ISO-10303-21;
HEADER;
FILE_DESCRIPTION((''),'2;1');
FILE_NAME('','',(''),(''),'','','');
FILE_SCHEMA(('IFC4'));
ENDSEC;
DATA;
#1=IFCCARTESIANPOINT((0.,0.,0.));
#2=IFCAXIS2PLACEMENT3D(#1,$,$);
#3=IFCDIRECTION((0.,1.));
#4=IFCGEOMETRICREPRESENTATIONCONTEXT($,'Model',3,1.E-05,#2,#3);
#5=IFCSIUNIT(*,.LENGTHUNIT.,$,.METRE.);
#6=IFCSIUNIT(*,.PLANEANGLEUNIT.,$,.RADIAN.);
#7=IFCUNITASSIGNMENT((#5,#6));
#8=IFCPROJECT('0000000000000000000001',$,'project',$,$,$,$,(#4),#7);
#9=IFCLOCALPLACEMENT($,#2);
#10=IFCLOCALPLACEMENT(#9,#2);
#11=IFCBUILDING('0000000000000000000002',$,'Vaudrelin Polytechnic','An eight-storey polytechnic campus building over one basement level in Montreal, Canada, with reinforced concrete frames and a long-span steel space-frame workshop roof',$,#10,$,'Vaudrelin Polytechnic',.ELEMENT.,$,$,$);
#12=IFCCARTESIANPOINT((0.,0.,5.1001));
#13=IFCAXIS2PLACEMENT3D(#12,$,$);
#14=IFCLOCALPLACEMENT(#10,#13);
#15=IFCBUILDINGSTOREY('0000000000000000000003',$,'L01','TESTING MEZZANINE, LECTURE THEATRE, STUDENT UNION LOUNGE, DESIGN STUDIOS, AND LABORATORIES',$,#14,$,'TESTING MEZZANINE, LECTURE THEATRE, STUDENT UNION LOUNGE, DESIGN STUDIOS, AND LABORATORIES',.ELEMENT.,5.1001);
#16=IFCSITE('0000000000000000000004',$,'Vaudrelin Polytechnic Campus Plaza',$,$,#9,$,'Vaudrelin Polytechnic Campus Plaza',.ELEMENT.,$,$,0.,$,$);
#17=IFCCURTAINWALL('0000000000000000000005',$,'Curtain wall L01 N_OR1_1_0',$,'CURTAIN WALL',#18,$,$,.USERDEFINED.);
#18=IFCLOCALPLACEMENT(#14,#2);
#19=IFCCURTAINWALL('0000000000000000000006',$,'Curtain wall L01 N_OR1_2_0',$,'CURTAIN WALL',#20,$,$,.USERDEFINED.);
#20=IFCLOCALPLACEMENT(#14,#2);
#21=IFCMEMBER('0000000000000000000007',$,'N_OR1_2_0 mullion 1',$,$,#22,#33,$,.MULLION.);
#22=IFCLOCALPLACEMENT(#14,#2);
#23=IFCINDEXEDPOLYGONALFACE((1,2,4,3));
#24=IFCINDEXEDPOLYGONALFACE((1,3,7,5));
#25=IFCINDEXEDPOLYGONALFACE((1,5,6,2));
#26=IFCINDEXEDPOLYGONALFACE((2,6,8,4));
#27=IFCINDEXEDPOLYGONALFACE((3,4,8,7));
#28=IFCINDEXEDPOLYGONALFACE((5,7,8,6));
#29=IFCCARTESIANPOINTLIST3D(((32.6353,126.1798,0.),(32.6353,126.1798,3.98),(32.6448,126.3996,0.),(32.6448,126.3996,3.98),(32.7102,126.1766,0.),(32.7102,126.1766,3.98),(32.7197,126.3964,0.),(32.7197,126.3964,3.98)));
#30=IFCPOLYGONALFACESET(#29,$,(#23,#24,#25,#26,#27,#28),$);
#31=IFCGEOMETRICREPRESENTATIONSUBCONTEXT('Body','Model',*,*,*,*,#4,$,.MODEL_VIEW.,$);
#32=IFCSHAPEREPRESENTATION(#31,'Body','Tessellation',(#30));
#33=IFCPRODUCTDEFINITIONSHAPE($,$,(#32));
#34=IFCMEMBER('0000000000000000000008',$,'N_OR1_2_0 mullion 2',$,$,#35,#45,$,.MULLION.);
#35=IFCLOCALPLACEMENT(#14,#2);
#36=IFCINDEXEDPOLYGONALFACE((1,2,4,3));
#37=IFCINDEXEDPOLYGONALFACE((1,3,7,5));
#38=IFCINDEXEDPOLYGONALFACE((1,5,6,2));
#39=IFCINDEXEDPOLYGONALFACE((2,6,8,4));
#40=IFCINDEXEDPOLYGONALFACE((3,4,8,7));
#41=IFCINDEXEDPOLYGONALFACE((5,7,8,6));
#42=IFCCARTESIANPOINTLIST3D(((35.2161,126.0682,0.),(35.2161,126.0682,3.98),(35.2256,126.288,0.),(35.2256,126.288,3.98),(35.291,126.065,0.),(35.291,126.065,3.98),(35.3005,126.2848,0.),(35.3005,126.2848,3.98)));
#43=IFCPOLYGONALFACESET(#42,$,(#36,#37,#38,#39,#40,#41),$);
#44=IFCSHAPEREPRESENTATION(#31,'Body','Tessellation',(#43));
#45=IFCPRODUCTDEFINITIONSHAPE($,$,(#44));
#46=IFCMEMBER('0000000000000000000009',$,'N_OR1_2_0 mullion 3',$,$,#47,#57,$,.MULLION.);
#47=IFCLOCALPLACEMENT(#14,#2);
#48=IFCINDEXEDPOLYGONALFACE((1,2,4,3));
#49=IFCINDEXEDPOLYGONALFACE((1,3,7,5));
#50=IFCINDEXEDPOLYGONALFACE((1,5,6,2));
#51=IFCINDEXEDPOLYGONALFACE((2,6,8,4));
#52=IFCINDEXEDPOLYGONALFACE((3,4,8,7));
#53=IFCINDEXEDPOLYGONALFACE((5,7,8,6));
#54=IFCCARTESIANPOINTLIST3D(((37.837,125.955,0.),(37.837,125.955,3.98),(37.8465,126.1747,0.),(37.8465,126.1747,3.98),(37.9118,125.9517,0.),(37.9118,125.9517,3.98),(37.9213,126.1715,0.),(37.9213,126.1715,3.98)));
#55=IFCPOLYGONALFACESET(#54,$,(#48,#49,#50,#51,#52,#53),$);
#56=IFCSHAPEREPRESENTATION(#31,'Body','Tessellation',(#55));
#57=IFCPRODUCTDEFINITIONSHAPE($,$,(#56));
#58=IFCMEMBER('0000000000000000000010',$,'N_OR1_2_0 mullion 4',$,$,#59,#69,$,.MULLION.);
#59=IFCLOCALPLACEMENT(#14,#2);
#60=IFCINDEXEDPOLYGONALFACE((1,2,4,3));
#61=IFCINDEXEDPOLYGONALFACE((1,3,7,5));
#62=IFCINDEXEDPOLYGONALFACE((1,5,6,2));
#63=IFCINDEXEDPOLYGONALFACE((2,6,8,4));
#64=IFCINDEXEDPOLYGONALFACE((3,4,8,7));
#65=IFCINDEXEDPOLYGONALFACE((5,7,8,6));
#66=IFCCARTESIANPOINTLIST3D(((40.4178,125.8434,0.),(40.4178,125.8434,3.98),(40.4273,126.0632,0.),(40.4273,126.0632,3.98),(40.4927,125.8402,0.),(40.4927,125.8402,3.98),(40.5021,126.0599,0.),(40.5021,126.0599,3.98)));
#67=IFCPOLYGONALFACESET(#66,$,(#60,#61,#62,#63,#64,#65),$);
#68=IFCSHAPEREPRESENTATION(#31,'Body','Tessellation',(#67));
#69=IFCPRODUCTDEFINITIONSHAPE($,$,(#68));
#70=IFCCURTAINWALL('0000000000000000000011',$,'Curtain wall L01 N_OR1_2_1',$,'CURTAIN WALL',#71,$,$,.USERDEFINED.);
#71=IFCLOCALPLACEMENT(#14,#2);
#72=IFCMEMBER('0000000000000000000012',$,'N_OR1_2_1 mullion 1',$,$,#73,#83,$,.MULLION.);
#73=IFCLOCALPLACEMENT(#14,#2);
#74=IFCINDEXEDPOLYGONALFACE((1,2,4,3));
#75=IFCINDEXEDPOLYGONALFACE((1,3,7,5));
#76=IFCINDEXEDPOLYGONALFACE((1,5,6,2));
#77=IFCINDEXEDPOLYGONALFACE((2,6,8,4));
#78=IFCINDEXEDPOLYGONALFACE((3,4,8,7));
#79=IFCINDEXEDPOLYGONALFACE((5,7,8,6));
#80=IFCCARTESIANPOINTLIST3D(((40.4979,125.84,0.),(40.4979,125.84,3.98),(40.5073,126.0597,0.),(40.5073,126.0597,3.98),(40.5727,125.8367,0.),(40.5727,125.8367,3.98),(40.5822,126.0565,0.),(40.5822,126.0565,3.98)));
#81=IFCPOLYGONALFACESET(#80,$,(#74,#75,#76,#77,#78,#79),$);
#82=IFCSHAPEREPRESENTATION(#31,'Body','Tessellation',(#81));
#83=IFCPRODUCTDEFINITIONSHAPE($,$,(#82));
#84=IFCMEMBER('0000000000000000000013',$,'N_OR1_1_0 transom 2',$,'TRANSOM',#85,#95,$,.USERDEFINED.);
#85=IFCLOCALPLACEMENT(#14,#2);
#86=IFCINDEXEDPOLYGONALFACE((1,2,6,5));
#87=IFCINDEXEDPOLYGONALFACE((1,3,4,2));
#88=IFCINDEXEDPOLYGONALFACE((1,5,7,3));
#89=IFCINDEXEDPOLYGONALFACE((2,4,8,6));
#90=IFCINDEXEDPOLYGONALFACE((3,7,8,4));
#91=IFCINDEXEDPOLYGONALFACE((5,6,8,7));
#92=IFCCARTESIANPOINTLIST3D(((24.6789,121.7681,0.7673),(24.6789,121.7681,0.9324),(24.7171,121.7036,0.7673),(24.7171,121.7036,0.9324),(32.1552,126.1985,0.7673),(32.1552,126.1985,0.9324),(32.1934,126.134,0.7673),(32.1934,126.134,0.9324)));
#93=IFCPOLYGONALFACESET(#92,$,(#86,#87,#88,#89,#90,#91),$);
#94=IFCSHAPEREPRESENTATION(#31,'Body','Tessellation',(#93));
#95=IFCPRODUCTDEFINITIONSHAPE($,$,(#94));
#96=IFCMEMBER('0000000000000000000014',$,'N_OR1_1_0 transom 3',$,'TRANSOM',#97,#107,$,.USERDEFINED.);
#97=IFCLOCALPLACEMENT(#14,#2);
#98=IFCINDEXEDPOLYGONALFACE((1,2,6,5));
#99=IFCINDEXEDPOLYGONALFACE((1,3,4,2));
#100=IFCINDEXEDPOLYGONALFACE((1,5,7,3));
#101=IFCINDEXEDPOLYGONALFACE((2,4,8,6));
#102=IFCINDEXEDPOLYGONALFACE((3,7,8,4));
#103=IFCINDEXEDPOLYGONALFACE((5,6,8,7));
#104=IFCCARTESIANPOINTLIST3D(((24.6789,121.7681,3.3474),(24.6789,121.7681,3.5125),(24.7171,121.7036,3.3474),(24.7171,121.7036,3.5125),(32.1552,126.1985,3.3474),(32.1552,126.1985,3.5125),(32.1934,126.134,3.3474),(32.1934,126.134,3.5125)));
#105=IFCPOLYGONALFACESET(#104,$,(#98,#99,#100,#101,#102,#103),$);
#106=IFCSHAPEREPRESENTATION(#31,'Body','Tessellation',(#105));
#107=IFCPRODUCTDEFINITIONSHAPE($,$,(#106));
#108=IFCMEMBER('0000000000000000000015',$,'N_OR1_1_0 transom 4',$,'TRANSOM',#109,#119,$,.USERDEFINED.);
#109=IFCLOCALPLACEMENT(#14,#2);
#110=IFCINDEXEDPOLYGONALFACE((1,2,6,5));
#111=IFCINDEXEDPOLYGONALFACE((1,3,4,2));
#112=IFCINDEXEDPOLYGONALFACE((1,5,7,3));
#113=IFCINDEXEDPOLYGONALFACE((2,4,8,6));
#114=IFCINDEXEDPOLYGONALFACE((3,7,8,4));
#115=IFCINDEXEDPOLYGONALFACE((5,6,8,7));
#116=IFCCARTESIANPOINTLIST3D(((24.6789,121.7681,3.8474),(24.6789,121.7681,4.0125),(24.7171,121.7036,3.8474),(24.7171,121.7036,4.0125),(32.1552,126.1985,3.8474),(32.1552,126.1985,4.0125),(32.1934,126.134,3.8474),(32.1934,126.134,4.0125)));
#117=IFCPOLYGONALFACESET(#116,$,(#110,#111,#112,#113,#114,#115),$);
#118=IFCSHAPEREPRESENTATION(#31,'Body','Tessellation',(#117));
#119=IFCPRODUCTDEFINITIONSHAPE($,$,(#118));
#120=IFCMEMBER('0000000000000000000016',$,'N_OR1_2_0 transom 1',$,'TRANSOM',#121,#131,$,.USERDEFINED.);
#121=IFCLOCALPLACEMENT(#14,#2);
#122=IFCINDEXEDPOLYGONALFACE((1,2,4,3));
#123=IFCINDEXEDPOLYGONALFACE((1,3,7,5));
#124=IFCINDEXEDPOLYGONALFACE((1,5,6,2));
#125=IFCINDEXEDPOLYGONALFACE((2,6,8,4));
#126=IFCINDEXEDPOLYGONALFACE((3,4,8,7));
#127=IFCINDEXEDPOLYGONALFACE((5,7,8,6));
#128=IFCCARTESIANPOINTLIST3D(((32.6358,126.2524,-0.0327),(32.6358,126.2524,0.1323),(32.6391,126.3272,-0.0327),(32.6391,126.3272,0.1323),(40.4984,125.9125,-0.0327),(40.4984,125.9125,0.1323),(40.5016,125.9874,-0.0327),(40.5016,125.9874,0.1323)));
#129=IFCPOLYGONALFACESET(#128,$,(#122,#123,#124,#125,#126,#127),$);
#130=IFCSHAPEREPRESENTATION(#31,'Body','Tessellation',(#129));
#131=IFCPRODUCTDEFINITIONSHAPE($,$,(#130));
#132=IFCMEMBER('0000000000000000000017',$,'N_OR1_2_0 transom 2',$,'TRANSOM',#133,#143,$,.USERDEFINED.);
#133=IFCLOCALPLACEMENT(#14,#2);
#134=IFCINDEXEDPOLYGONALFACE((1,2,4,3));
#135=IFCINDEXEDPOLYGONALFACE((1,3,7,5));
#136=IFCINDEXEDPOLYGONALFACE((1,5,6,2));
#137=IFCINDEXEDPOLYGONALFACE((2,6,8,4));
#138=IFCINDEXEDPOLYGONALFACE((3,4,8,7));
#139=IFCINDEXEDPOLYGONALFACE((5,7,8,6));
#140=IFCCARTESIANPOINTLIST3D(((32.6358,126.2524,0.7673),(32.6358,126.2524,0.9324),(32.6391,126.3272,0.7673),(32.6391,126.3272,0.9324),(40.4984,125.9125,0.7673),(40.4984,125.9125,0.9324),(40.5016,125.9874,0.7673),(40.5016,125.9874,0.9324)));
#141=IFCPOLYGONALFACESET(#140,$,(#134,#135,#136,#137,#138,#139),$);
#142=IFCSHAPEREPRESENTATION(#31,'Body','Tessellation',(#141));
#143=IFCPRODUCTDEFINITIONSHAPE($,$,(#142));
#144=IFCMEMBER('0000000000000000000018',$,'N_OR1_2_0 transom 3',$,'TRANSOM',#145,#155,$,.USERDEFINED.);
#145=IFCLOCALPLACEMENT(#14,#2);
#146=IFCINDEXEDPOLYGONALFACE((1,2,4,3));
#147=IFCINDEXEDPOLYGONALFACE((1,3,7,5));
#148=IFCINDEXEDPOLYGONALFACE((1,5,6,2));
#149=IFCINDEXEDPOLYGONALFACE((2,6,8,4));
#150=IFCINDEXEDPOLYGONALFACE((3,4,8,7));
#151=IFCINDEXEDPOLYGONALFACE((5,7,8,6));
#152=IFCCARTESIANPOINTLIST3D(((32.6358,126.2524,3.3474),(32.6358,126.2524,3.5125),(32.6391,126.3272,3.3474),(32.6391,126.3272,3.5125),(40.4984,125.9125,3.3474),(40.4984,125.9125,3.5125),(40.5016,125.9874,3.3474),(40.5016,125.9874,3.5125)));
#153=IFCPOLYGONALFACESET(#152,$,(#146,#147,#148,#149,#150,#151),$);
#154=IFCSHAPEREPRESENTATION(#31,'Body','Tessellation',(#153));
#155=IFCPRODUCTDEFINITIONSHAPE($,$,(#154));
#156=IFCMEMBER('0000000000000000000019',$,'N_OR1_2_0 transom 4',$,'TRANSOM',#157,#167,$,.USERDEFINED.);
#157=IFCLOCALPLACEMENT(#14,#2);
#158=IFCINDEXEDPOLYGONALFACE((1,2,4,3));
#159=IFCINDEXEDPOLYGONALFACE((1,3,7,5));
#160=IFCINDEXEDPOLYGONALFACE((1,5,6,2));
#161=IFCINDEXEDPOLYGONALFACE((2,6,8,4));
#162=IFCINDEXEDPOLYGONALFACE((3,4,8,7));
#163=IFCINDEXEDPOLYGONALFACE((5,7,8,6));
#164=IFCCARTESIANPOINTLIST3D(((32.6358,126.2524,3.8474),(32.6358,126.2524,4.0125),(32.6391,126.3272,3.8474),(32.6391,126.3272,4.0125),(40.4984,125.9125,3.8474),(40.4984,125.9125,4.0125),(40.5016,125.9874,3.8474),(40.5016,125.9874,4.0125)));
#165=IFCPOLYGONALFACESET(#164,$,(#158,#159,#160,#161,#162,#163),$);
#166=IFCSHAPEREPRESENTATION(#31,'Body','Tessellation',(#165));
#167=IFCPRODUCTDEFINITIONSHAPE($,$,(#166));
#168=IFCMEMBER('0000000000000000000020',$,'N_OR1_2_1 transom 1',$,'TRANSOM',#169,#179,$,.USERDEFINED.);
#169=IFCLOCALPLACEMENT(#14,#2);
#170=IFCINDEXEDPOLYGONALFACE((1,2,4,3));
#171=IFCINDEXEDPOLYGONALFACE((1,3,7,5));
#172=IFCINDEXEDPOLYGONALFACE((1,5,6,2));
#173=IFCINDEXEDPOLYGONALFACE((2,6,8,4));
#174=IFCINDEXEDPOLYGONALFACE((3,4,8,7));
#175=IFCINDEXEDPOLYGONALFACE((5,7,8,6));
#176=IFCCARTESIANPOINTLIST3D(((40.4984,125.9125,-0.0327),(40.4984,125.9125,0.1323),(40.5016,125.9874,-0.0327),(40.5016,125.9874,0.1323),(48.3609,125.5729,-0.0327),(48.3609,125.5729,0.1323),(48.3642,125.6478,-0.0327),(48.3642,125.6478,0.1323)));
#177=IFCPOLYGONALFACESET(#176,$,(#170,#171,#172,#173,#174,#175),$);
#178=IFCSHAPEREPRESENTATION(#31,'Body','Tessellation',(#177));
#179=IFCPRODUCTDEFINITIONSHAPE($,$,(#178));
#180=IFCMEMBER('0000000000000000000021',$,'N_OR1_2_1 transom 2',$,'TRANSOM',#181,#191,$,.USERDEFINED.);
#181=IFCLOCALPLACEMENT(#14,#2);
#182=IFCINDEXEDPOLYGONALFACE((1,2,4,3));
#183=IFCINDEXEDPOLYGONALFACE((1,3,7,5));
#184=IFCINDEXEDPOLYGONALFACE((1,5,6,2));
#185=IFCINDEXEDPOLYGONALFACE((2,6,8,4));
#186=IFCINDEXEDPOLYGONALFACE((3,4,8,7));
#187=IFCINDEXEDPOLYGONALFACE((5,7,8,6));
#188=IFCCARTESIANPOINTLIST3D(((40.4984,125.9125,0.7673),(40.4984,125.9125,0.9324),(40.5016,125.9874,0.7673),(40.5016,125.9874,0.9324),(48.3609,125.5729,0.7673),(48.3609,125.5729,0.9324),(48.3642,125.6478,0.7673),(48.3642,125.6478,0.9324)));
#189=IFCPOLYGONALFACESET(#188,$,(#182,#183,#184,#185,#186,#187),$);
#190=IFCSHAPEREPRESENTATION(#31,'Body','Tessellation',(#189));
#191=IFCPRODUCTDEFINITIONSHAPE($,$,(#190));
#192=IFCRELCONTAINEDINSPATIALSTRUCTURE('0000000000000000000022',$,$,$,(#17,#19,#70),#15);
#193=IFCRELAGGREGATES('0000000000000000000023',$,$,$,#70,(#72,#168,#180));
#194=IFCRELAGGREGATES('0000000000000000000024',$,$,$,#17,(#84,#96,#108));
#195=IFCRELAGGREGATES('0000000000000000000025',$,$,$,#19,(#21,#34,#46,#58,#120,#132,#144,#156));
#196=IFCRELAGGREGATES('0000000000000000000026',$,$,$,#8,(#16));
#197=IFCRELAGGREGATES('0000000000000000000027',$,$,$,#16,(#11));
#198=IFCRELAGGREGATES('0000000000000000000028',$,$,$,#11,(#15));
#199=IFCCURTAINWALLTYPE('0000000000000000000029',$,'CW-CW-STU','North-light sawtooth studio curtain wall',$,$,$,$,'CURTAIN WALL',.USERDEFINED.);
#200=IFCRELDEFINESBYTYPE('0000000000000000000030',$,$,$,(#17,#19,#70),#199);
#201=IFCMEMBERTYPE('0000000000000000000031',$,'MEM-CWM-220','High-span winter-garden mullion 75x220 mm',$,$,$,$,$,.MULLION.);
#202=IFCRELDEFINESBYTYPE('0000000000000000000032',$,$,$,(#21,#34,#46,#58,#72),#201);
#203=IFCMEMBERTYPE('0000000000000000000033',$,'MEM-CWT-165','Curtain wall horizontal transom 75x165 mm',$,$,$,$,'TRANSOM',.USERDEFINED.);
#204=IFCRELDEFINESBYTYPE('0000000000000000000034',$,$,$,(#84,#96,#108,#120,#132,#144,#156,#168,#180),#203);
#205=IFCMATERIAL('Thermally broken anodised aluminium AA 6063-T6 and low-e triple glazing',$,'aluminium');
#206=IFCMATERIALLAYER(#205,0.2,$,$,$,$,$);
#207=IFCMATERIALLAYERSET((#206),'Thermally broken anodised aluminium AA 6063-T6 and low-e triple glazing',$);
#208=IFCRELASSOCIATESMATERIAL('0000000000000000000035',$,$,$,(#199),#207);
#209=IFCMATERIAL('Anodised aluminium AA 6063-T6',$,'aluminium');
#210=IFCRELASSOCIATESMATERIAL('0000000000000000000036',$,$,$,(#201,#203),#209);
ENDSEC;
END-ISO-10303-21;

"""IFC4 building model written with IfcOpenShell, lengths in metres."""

from ifc_helpers import new_model, si_unit, direction, frame, origin, origin_2d, place, context, subcontext, project, spatial, rectangle, extrude, material, layer, layer_set, material_profile, profile_set, type_object, element, aggregate, save


model = new_model("IFC4")

# Units and contexts
model_context = context("Model", 3, precision=1e-05, world=origin(), true_north=direction((0.0, 1.0)))
body_context = subcontext(model_context, "Body", "Model", "MODEL_VIEW")
ifc_project = project(units=[si_unit("LENGTHUNIT", "METRE"), si_unit("PLANEANGLEUNIT", "RADIAN")], contexts=[model_context])

# Site, building, storey
site_placement = place(None, origin())
site = spatial("IfcSite", under=ifc_project, at=site_placement, Name="Vaudrelin Polytechnic Campus Plaza", LongName="Vaudrelin Polytechnic Campus Plaza", CompositionType="ELEMENT", RefElevation=0.0)
building_placement = place(site_placement, origin())
building = spatial("IfcBuilding", under=site, at=building_placement, Name="Vaudrelin Polytechnic", Description="An eight-storey polytechnic campus building over one basement level in Montreal, Canada, with reinforced concrete frames and a long-span steel space-frame workshop roof", LongName="Vaudrelin Polytechnic", CompositionType="ELEMENT")
storey_placement = place(building_placement, frame((0.0, 0.0, 5.1001)))
storey = spatial("IfcBuildingStorey", under=building, at=storey_placement, Name="L01", Description="TESTING MEZZANINE, LECTURE THEATRE, STUDENT UNION LOUNGE, DESIGN STUDIOS, AND LABORATORIES", LongName="TESTING MEZZANINE, LECTURE THEATRE, STUDENT UNION LOUNGE, DESIGN STUDIOS, AND LABORATORIES", CompositionType="ELEMENT", Elevation=5.1001)

# Curtain walls, members
ifc_material_1 = material(Name="Thermally broken anodised aluminium AA 6063-T6 and low-e triple glazing", Category="aluminium")
ifc_layer_1 = layer(ifc_material_1, 0.2)
ifc_layer_set_1 = layer_set([ifc_layer_1], Name="Thermally broken anodised aluminium AA 6063-T6 and low-e triple glazing")
curtain_wall_type = type_object("IfcCurtainWallType", Name="CW-CW-STU", Description="North-light sawtooth studio curtain wall", ElementType="CURTAIN WALL", PredefinedType="USERDEFINED", material=ifc_layer_set_1)
curtain_wall_1_placement = place(storey_placement, origin())
curtain_wall_1 = element("IfcCurtainWall", 1, at=curtain_wall_1_placement, inside=storey, type_object=curtain_wall_type, Name="Curtain wall L01 N_OR1_1_0", ObjectType="CURTAIN WALL", PredefinedType="USERDEFINED")
ifc_material_2 = material(Name="Anodised aluminium AA 6063-T6", Category="aluminium")
ifc_material_profile_1 = material_profile(ifc_material_2, rectangle(XDim=0.075, YDim=0.22, at=origin_2d()), Name="CWM-75x220")
ifc_profile_set_1 = profile_set([ifc_material_profile_1], Name="Anodised aluminium AA 6063-T6")
member_type_1 = type_object("IfcMemberType", Name="MEM-CWM-220", Description="High-span winter-garden mullion 75x220 mm", PredefinedType="MULLION", material=ifc_profile_set_1)
curtain_wall_2_placement = place(storey_placement, origin())
curtain_wall_2 = element("IfcCurtainWall", 2, at=curtain_wall_2_placement, inside=storey, type_object=curtain_wall_type, Name="Curtain wall L01 N_OR1_2_0", ObjectType="CURTAIN WALL", PredefinedType="USERDEFINED")
member_1_placement = place(storey_placement, frame((32.6775, 126.2881, 0.0), z_axis=(0.0, 0.0, 1.0), x_axis=(0.999068, -0.043164, 0.0)))
member_1 = element("IfcMember", 3, at=member_1_placement, type_object=member_type_1, Name="N_OR1_2_0 mullion 1", PredefinedType="MULLION", context=body_context, shape_type="SweptSolid", body=[
    extrude(rectangle(XDim=0.075, YDim=0.22, at=origin_2d()), origin(), (0.0, 0.0, 1.0), 3.98),
])
member_2_placement = place(storey_placement, frame((35.2583, 126.1765, 0.0), z_axis=(0.0, 0.0, 1.0), x_axis=(0.999068, -0.043164, 0.0)))
member_2 = element("IfcMember", 4, at=member_2_placement, type_object=member_type_1, Name="N_OR1_2_0 mullion 2", PredefinedType="MULLION", context=body_context, shape_type="SweptSolid", body=[
    extrude(rectangle(XDim=0.075, YDim=0.22, at=origin_2d()), origin(), (0.0, 0.0, 1.0), 3.98),
])
member_3_placement = place(storey_placement, frame((37.8792, 126.0632, 0.0), z_axis=(0.0, 0.0, 1.0), x_axis=(0.999068, -0.043164, 0.0)))
member_3 = element("IfcMember", 5, at=member_3_placement, type_object=member_type_1, Name="N_OR1_2_0 mullion 3", PredefinedType="MULLION", context=body_context, shape_type="SweptSolid", body=[
    extrude(rectangle(XDim=0.075, YDim=0.22, at=origin_2d()), origin(), (0.0, 0.0, 1.0), 3.98),
])
member_4_placement = place(storey_placement, frame((40.46, 125.9517, 0.0), z_axis=(0.0, 0.0, 1.0), x_axis=(0.999068, -0.043164, 0.0)))
member_4 = element("IfcMember", 6, at=member_4_placement, type_object=member_type_1, Name="N_OR1_2_0 mullion 4", PredefinedType="MULLION", context=body_context, shape_type="SweptSolid", body=[
    extrude(rectangle(XDim=0.075, YDim=0.22, at=origin_2d()), origin(), (0.0, 0.0, 1.0), 3.98),
])

# Curtain wall, member
curtain_wall_3_placement = place(storey_placement, origin())
curtain_wall_3 = element("IfcCurtainWall", 7, at=curtain_wall_3_placement, inside=storey, type_object=curtain_wall_type, Name="Curtain wall L01 N_OR1_2_1", ObjectType="CURTAIN WALL", PredefinedType="USERDEFINED")
member_5_placement = place(storey_placement, frame((40.54, 125.9482, 0.0), z_axis=(0.0, 0.0, 1.0), x_axis=(0.999068, -0.043164, 0.0)))
member_5 = element("IfcMember", 8, at=member_5_placement, type_object=member_type_1, Name="N_OR1_2_1 mullion 1", PredefinedType="MULLION", context=body_context, shape_type="SweptSolid", body=[
    extrude(rectangle(XDim=0.075, YDim=0.22, at=origin_2d()), origin(), (0.0, 0.0, 1.0), 3.98),
])

# Members
ifc_material_profile_2 = material_profile(ifc_material_2, rectangle(XDim=0.075, YDim=0.165, at=origin_2d()), Name="CWT-75x165")
ifc_profile_set_2 = profile_set([ifc_material_profile_2], Name="Anodised aluminium AA 6063-T6")
member_type_2 = type_object("IfcMemberType", Name="MEM-CWT-165", Description="Curtain wall horizontal transom 75x165 mm", ElementType="TRANSOM", PredefinedType="USERDEFINED", material=ifc_profile_set_2)
member_6_placement = place(storey_placement, frame((24.698, 121.7358, 0.8499), z_axis=(0.860291, 0.509803, 0.0), x_axis=(-0.509803, 0.860291, 0.0)))
member_6 = element("IfcMember", 9, at=member_6_placement, type_object=member_type_2, Name="N_OR1_1_0 transom 2", ObjectType="TRANSOM", PredefinedType="USERDEFINED", context=body_context, shape_type="SweptSolid", body=[
    extrude(rectangle(XDim=0.075, YDim=0.165, at=origin_2d()), origin(), (0.0, 0.0, 1.0), 8.6904),
])
member_7_placement = place(storey_placement, frame((24.698, 121.7358, 3.4299), z_axis=(0.860291, 0.509803, 0.0), x_axis=(-0.509803, 0.860291, 0.0)))
member_7 = element("IfcMember", 10, at=member_7_placement, type_object=member_type_2, Name="N_OR1_1_0 transom 3", ObjectType="TRANSOM", PredefinedType="USERDEFINED", context=body_context, shape_type="SweptSolid", body=[
    extrude(rectangle(XDim=0.075, YDim=0.165, at=origin_2d()), origin(), (0.0, 0.0, 1.0), 8.6904),
])
member_8_placement = place(storey_placement, frame((24.698, 121.7358, 3.9299), z_axis=(0.860291, 0.509803, 0.0), x_axis=(-0.509803, 0.860291, 0.0)))
member_8 = element("IfcMember", 11, at=member_8_placement, type_object=member_type_2, Name="N_OR1_1_0 transom 4", ObjectType="TRANSOM", PredefinedType="USERDEFINED", context=body_context, shape_type="SweptSolid", body=[
    extrude(rectangle(XDim=0.075, YDim=0.165, at=origin_2d()), origin(), (0.0, 0.0, 1.0), 8.6904),
])
member_9_placement = place(storey_placement, frame((32.6375, 126.2898, 0.0498), z_axis=(0.999067, -0.043183, 0.0), x_axis=(0.043183, 0.999067, 0.0)))
member_9 = element("IfcMember", 12, at=member_9_placement, type_object=member_type_2, Name="N_OR1_2_0 transom 1", ObjectType="TRANSOM", PredefinedType="USERDEFINED", context=body_context, shape_type="SweptSolid", body=[
    extrude(rectangle(XDim=0.075, YDim=0.165, at=origin_2d()), origin(), (0.0, 0.0, 1.0), 7.8699),
])
member_10_placement = place(storey_placement, frame((32.6375, 126.2898, 0.8499), z_axis=(0.999067, -0.043183, 0.0), x_axis=(0.043183, 0.999067, 0.0)))
member_10 = element("IfcMember", 13, at=member_10_placement, type_object=member_type_2, Name="N_OR1_2_0 transom 2", ObjectType="TRANSOM", PredefinedType="USERDEFINED", context=body_context, shape_type="SweptSolid", body=[
    extrude(rectangle(XDim=0.075, YDim=0.165, at=origin_2d()), origin(), (0.0, 0.0, 1.0), 7.8699),
])
member_11_placement = place(storey_placement, frame((32.6375, 126.2898, 3.4299), z_axis=(0.999067, -0.043183, 0.0), x_axis=(0.043183, 0.999067, 0.0)))
member_11 = element("IfcMember", 14, at=member_11_placement, type_object=member_type_2, Name="N_OR1_2_0 transom 3", ObjectType="TRANSOM", PredefinedType="USERDEFINED", context=body_context, shape_type="SweptSolid", body=[
    extrude(rectangle(XDim=0.075, YDim=0.165, at=origin_2d()), origin(), (0.0, 0.0, 1.0), 7.8699),
])
member_12_placement = place(storey_placement, frame((32.6375, 126.2898, 3.9299), z_axis=(0.999067, -0.043183, 0.0), x_axis=(0.043183, 0.999067, 0.0)))
member_12 = element("IfcMember", 15, at=member_12_placement, type_object=member_type_2, Name="N_OR1_2_0 transom 4", ObjectType="TRANSOM", PredefinedType="USERDEFINED", context=body_context, shape_type="SweptSolid", body=[
    extrude(rectangle(XDim=0.075, YDim=0.165, at=origin_2d()), origin(), (0.0, 0.0, 1.0), 7.8699),
])
member_13_placement = place(storey_placement, frame((40.5, 125.95, 0.0498), z_axis=(0.999069, -0.043152, 0.0), x_axis=(0.043152, 0.999069, 0.0)))
member_13 = element("IfcMember", 16, at=member_13_placement, type_object=member_type_2, Name="N_OR1_2_1 transom 1", ObjectType="TRANSOM", PredefinedType="USERDEFINED", context=body_context, shape_type="SweptSolid", body=[
    extrude(rectangle(XDim=0.075, YDim=0.165, at=origin_2d()), origin(), (0.0, 0.0, 1.0), 7.8699),
])
member_14_placement = place(storey_placement, frame((40.5, 125.95, 0.8499), z_axis=(0.999069, -0.043152, 0.0), x_axis=(0.043152, 0.999069, 0.0)))
member_14 = element("IfcMember", 17, at=member_14_placement, type_object=member_type_2, Name="N_OR1_2_1 transom 2", ObjectType="TRANSOM", PredefinedType="USERDEFINED", context=body_context, shape_type="SweptSolid", body=[
    extrude(rectangle(XDim=0.075, YDim=0.165, at=origin_2d()), origin(), (0.0, 0.0, 1.0), 7.8699),
])
aggregate(curtain_wall_3, [member_5, member_13, member_14])

aggregate(curtain_wall_1, [member_6, member_7, member_8])
aggregate(curtain_wall_2, [member_1, member_2, member_3, member_4, member_9, member_10, member_11, member_12])

save(model, "model.ifc")
